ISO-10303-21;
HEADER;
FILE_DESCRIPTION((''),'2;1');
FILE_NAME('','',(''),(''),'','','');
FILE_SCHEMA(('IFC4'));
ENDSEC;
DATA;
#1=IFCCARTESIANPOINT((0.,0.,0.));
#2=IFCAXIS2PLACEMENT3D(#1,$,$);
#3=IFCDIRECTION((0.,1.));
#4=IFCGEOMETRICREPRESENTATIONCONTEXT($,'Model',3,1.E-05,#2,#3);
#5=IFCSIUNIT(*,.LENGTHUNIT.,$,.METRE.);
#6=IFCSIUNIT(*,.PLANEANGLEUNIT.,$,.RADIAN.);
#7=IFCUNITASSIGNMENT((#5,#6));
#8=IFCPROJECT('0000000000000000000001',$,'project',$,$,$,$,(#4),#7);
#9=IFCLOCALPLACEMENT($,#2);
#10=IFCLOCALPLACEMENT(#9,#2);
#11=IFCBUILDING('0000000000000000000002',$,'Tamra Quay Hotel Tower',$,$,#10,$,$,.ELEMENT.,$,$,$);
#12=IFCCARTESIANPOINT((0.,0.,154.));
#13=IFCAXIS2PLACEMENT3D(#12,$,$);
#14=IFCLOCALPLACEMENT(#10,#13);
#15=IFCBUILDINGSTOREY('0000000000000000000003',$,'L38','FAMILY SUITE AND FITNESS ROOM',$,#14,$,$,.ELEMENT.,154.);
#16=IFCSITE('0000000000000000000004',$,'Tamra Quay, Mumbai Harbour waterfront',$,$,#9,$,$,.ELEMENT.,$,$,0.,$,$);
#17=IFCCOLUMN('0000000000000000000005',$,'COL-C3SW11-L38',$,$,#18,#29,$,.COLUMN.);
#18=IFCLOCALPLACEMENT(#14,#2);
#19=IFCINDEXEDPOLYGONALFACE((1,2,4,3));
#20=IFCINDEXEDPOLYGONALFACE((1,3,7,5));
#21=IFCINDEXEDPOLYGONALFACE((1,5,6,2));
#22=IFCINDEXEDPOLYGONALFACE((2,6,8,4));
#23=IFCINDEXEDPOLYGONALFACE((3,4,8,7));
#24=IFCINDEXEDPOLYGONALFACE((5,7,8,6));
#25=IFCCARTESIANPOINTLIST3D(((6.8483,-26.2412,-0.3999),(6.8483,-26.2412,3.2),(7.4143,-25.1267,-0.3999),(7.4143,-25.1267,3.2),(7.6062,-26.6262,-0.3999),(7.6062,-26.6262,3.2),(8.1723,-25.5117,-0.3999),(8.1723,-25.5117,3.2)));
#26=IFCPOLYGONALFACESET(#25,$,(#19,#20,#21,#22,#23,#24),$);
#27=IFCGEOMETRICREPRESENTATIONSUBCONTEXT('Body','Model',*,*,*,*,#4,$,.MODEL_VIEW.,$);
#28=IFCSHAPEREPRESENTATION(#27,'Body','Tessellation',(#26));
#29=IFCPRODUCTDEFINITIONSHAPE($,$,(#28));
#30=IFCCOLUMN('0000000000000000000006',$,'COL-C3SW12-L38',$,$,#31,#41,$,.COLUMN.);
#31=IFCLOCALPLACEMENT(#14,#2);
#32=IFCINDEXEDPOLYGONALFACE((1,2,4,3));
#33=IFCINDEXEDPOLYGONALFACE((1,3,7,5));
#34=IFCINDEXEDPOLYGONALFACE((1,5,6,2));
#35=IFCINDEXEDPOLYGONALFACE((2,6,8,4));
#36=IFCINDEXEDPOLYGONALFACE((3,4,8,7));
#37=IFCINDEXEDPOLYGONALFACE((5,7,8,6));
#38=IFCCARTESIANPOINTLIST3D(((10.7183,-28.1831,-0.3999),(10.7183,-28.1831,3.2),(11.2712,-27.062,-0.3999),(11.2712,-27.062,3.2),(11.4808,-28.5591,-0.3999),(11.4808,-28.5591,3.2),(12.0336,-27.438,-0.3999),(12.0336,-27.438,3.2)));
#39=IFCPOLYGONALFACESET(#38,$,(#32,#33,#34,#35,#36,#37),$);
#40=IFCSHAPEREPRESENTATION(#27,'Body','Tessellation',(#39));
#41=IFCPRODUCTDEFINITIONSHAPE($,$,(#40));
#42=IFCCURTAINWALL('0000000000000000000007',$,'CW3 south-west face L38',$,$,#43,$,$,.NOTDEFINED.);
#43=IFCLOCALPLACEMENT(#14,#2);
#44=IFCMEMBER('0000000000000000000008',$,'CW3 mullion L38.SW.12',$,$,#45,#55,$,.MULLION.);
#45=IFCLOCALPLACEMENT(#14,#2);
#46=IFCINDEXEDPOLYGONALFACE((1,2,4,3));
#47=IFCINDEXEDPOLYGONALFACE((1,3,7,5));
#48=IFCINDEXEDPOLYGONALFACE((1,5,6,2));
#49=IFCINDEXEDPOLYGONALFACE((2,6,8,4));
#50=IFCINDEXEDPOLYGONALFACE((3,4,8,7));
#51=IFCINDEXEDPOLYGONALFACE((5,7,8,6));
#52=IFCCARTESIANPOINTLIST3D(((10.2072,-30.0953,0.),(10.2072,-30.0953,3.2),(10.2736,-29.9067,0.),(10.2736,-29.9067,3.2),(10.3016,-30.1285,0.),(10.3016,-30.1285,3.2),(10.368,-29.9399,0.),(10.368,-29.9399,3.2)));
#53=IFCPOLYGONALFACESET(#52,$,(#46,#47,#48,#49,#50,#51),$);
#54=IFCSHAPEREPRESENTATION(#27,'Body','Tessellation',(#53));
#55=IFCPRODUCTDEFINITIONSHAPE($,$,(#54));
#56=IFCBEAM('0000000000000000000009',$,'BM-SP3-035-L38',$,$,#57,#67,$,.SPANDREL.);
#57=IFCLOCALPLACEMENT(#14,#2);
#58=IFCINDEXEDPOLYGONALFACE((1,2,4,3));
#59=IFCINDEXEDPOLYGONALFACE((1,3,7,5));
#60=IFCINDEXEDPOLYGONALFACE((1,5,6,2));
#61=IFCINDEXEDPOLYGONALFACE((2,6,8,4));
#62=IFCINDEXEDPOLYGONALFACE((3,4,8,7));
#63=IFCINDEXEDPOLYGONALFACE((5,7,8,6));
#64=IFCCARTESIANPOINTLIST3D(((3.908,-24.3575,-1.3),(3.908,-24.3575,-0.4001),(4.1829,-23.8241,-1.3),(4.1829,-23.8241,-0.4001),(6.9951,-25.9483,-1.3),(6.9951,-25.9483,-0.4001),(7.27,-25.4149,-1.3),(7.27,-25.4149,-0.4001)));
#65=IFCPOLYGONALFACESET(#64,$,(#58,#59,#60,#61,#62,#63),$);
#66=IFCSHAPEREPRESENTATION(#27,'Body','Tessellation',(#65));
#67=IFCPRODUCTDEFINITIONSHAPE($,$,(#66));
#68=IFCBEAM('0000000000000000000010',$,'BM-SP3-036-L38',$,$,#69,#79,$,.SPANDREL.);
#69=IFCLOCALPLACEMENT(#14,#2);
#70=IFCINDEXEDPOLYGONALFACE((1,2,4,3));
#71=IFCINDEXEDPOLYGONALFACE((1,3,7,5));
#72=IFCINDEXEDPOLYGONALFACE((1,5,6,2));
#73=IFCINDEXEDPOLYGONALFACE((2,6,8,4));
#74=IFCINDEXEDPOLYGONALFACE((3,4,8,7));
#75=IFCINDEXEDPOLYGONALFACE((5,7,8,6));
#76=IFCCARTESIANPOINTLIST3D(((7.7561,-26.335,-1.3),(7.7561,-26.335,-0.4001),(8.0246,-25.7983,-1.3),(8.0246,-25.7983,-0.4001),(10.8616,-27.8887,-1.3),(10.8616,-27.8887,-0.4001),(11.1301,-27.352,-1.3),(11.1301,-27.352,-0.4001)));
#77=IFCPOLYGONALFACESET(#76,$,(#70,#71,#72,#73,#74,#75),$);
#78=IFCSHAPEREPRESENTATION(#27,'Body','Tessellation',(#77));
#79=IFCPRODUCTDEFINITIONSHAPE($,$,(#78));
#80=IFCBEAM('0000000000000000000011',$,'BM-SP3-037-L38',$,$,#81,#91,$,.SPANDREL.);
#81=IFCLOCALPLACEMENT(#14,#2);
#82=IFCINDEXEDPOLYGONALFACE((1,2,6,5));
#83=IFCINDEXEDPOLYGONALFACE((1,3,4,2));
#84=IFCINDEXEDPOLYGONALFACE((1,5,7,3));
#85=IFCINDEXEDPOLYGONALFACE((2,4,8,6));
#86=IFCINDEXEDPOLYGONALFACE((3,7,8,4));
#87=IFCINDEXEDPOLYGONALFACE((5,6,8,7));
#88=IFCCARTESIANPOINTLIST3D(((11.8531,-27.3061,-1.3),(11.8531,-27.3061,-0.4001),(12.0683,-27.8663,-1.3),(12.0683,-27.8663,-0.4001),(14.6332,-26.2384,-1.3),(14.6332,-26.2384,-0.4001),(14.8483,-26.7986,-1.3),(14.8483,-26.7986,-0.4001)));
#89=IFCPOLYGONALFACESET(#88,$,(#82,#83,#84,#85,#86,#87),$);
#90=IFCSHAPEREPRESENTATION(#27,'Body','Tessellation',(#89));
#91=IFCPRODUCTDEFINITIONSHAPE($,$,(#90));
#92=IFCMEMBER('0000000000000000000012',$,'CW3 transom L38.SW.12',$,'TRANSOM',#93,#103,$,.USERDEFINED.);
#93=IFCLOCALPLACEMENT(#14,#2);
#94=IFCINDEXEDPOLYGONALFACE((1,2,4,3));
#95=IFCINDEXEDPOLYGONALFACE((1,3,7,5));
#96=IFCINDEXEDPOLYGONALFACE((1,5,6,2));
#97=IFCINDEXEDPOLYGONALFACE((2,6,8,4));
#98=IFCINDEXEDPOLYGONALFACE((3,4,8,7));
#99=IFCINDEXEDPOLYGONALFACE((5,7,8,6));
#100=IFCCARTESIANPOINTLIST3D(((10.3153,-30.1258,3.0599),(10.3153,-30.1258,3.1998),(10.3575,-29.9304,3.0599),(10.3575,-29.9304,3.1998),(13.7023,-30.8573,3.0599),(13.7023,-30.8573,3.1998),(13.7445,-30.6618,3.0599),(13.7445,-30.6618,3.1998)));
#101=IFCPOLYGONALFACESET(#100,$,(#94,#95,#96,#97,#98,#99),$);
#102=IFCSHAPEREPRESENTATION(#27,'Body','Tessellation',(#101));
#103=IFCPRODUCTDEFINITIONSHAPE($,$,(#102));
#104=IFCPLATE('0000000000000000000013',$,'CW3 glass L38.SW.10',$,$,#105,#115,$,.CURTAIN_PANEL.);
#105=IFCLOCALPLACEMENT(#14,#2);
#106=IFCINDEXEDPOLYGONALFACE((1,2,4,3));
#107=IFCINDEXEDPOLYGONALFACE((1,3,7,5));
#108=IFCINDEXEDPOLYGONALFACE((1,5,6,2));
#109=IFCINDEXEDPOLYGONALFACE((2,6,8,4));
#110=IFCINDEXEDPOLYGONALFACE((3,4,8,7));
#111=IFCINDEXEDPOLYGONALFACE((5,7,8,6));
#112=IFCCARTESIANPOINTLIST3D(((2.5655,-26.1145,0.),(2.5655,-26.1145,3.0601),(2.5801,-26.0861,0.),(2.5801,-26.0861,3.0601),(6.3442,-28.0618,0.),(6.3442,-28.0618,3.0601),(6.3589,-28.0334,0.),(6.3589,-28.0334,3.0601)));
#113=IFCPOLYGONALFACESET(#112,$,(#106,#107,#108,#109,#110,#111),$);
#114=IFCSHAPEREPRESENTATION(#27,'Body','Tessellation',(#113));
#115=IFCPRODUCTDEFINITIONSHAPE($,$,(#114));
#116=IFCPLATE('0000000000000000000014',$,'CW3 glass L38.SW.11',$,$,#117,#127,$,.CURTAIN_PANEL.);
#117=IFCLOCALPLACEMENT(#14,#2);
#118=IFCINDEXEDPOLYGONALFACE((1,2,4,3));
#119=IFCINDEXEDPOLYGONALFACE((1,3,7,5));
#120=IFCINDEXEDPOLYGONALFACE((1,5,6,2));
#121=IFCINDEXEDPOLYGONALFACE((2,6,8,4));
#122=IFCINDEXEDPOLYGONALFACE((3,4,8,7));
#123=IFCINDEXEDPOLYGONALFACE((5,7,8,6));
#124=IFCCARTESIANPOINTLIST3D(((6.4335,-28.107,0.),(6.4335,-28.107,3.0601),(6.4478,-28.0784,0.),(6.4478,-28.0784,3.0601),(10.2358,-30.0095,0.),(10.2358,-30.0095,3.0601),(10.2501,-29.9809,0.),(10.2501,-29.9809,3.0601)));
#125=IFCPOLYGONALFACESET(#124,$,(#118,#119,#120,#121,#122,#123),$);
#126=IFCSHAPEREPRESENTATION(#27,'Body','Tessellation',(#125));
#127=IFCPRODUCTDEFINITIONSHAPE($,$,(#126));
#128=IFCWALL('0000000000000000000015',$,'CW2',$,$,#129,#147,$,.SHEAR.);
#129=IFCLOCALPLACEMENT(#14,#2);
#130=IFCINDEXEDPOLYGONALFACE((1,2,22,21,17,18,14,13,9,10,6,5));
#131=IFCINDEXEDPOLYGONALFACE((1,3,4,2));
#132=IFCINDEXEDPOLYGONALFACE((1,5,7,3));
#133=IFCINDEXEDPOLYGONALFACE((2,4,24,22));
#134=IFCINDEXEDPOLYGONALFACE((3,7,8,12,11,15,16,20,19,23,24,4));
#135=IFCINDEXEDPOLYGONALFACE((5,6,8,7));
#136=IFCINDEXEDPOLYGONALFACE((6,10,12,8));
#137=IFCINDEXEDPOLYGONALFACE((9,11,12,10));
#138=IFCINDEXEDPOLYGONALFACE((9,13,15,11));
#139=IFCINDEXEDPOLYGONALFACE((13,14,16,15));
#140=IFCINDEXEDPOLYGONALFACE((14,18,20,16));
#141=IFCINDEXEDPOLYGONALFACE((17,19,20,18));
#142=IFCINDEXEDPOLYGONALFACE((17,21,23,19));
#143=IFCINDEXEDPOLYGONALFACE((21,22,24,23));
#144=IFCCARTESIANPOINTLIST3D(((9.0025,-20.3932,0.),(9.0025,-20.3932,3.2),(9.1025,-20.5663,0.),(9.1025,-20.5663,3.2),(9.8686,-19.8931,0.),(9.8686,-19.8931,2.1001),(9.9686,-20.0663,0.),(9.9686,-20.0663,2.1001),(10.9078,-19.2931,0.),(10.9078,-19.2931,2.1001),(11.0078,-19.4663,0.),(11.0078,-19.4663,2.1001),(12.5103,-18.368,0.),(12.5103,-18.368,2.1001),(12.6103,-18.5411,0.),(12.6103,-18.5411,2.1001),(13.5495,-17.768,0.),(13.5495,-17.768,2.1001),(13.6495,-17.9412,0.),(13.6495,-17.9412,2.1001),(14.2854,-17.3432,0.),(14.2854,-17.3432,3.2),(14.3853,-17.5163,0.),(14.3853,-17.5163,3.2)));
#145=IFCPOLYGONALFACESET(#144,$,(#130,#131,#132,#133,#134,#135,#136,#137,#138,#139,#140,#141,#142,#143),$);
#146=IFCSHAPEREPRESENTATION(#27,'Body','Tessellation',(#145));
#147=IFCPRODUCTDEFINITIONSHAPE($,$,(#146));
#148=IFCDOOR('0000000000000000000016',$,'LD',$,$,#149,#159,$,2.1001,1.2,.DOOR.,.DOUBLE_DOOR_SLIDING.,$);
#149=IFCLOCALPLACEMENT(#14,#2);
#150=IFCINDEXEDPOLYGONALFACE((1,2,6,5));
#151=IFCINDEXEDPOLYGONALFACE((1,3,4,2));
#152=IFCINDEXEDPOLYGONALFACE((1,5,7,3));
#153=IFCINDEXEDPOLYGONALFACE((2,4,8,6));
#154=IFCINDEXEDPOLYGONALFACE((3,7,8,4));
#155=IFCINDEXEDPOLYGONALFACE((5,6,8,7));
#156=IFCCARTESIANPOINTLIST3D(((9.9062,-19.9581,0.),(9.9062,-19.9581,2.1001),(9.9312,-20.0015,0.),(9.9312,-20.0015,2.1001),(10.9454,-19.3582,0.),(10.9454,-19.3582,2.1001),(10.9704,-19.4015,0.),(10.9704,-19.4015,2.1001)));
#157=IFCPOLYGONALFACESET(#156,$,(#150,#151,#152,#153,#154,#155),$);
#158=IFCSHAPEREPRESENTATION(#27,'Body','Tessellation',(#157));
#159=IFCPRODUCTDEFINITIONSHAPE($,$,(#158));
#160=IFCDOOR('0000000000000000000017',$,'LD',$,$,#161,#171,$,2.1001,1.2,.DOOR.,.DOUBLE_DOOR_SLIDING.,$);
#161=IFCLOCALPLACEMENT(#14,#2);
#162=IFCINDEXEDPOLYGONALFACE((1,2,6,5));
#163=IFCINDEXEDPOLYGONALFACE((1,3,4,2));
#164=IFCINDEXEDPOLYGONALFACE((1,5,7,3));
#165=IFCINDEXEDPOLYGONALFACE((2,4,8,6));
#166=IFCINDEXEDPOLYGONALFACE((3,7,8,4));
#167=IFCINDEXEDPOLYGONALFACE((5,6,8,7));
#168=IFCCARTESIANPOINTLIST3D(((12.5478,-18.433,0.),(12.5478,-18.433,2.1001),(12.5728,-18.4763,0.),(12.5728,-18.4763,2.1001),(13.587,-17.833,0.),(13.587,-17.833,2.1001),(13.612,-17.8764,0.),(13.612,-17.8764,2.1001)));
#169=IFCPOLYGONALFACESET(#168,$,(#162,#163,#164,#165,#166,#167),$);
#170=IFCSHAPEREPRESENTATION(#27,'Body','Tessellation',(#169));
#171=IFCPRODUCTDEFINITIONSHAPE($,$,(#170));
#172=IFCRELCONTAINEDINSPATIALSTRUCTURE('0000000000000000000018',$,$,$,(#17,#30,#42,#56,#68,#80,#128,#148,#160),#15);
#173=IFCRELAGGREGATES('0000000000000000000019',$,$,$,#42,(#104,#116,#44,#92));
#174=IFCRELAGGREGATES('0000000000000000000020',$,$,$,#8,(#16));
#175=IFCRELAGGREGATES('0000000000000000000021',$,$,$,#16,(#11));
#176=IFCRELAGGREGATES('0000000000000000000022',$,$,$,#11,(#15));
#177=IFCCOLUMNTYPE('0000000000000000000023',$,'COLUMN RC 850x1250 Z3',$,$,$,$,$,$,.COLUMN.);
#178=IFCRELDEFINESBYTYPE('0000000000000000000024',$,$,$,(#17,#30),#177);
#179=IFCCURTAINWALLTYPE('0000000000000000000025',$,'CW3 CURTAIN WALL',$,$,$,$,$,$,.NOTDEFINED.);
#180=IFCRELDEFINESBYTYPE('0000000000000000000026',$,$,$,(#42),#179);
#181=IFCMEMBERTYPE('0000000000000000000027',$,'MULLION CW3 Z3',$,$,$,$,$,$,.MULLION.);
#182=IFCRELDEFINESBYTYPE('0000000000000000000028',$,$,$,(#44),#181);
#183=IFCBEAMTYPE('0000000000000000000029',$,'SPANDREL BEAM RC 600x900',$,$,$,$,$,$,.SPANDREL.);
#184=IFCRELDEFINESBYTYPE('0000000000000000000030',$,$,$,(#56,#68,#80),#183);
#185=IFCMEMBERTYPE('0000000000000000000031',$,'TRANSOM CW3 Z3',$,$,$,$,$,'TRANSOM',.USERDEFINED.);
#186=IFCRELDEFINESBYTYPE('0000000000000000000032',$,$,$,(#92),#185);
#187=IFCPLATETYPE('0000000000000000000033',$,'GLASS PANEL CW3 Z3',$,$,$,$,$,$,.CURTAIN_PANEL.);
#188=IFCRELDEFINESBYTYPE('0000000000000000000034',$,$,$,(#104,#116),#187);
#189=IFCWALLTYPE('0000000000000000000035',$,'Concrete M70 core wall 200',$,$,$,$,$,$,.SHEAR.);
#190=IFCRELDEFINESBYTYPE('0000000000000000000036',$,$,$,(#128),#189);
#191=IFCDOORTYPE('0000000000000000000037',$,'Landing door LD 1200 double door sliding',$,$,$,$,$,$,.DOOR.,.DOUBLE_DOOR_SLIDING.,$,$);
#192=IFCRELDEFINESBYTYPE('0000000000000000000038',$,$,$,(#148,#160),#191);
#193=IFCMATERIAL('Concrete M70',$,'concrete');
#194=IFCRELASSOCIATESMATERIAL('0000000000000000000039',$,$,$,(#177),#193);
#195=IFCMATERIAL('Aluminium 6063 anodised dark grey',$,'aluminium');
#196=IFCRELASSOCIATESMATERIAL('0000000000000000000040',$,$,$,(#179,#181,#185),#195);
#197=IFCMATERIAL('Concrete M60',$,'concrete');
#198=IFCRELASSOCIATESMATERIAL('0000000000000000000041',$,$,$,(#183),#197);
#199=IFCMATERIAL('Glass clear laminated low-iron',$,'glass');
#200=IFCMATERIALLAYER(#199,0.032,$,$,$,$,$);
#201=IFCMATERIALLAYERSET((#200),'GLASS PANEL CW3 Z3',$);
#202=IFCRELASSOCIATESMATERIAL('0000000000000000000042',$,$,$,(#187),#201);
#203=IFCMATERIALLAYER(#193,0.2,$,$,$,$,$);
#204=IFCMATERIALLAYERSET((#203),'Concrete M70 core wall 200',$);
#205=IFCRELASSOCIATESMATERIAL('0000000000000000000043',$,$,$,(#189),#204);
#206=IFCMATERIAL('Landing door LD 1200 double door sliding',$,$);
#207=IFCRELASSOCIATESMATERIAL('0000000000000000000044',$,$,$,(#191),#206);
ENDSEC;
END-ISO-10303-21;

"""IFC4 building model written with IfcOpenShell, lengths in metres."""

from ifc_helpers import new_model, si_unit, direction, frame, frame_2d, origin, origin_2d, place, context, subcontext, project, spatial, rectangle, extrude, material, layer, layer_set, material_profile, profile_set, type_object, element, fill, aggregate, save


model = new_model("IFC4")

# Units and contexts
model_context = context("Model", 3, precision=1e-05, world=origin(), true_north=direction((0.0, 1.0)))
body_context = subcontext(model_context, "Body", "Model", "MODEL_VIEW")
ifc_project = project(units=[si_unit("LENGTHUNIT", "METRE"), si_unit("PLANEANGLEUNIT", "RADIAN")], contexts=[model_context])

# Site, building, storey
site_placement = place(None, origin())
site = spatial("IfcSite", under=ifc_project, at=site_placement, Name="Tamra Quay, Mumbai Harbour waterfront", CompositionType="ELEMENT", RefElevation=0.0)
building_placement = place(site_placement, origin())
building = spatial("IfcBuilding", under=site, at=building_placement, Name="Tamra Quay Hotel Tower", CompositionType="ELEMENT")
storey_placement = place(building_placement, frame((0.0, 0.0, 154.0)))
storey = spatial("IfcBuildingStorey", under=building, at=storey_placement, Name="L38", Description="FAMILY SUITE AND FITNESS ROOM", CompositionType="ELEMENT", Elevation=154.0)

# Columns
ifc_material_1 = material(Name="Concrete M70", Category="concrete")
ifc_material_profile_1 = material_profile(ifc_material_1, rectangle(XDim=1.25, YDim=0.8501, at=origin_2d()), Name="COLUMN RC 850x1250 Z3")
ifc_profile_set_1 = profile_set([ifc_material_profile_1], Name="Concrete M70")
column_type = type_object("IfcColumnType", Name="COLUMN RC 850x1250 Z3", PredefinedType="COLUMN", material=ifc_profile_set_1)
for number, where, z_axis, x_axis, name in (
    (1, (7.5103, -25.8765, -0.3999), (0.0, 0.0, 1.0), (0.45286, 0.891582, 0.0), "COL-C3SW11-L38"),
    (2, (11.376, -27.8105, -0.3999), (0.0, 0.0, 1.0), (0.442275, 0.89688, 0.0), "COL-C3SW12-L38"),
):
    element("IfcColumn", number, at=place(storey_placement, frame(where, z_axis=z_axis, x_axis=x_axis)), inside=storey, type_object=column_type, Name=name, PredefinedType="COLUMN", context=body_context, shape_type="SweptSolid", body=[
        extrude(rectangle(XDim=1.25, YDim=0.8501, at=origin_2d()), origin(), (0.0, 0.0, 1.0), 3.5999),
    ])

# Curtain wall, member
ifc_material_2 = material(Name="Aluminium 6063 anodised dark grey", Category="aluminium")
curtain_wall_type = type_object("IfcCurtainWallType", Name="CW3 CURTAIN WALL", PredefinedType="NOTDEFINED", material=ifc_material_2)
curtain_wall_placement = place(storey_placement, origin())
curtain_wall = element("IfcCurtainWall", 3, at=curtain_wall_placement, inside=storey, type_object=curtain_wall_type, Name="CW3 south-west face L38", PredefinedType="NOTDEFINED")
ifc_material_profile_2 = material_profile(ifc_material_2, rectangle(XDim=0.2, YDim=0.1001, at=origin_2d()), Name="MULLION 100X200")
ifc_profile_set_2 = profile_set([ifc_material_profile_2], Name="Aluminium 6063 anodised dark grey")
member_type_1 = type_object("IfcMemberType", Name="MULLION CW3 Z3", PredefinedType="MULLION", material=ifc_profile_set_2)
member_1_placement = place(storey_placement, frame((10.2876, -30.0176, 0.0), z_axis=(0.0, 0.0, 1.0), x_axis=(-0.331894, -0.943317, 0.0)))
member_1 = element("IfcMember", 4, at=member_1_placement, type_object=member_type_1, Name="CW3 mullion L38.SW.12", PredefinedType="MULLION", context=body_context, shape_type="SweptSolid", body=[
    extrude(rectangle(XDim=0.2, YDim=0.1001, at=origin_2d()), origin(), (0.0, 0.0, 1.0), 3.2),
])

# Beams
ifc_material_3 = material(Name="Concrete M60", Category="concrete")
ifc_material_profile_3 = material_profile(ifc_material_3, rectangle(XDim=0.6001, YDim=0.8999, at=origin_2d()), Name="SPANDREL BEAM RC 600x900")
ifc_profile_set_3 = profile_set([ifc_material_profile_3], Name="Concrete M60")
beam_type = type_object("IfcBeamType", Name="SPANDREL BEAM RC 600x900", PredefinedType="SPANDREL", material=ifc_profile_set_3)
beam_1_placement = place(storey_placement, frame((4.0454, -24.0908, -0.8501), z_axis=(0.88892, -0.458063, 0.0), x_axis=(0.458063, 0.88892, 0.0)))
element("IfcBeam", 5, at=beam_1_placement, inside=storey, type_object=beam_type, Name="BM-SP3-035-L38", PredefinedType="SPANDREL", context=body_context, shape_type="SweptSolid", body=[
    extrude(rectangle(XDim=0.6001, YDim=0.8999, at=origin_2d()), origin(), (0.0, 0.0, 1.0), 3.4729),
])
beam_2_placement = place(storey_placement, frame((7.8904, -26.0667, -0.8501), z_axis=(0.894315, -0.447439, 0.0), x_axis=(0.447439, 0.894315, 0.0)))
element("IfcBeam", 6, at=beam_2_placement, inside=storey, type_object=beam_type, Name="BM-SP3-036-L38", PredefinedType="SPANDREL", context=body_context, shape_type="SweptSolid", body=[
    extrude(rectangle(XDim=0.6001, YDim=0.8999, at=origin_2d()), origin(), (0.0, 0.0, 1.0), 3.4724),
])
beam_3_placement = place(storey_placement, frame((11.9607, -27.5862, -0.8501), z_axis=(0.933527, 0.358507, 0.0), x_axis=(-0.358507, 0.933527, 0.0)))
element("IfcBeam", 7, at=beam_3_placement, inside=storey, type_object=beam_type, Name="BM-SP3-037-L38", PredefinedType="SPANDREL", context=body_context, shape_type="SweptSolid", body=[
    extrude(rectangle(XDim=0.6001, YDim=0.8999, at=origin_2d()), origin(), (0.0, 0.0, 1.0), 2.978),
])

# Member
ifc_material_profile_4 = material_profile(ifc_material_2, rectangle(XDim=0.2, YDim=0.1399, at=origin_2d()), Name="TRANSOM 200X140")
ifc_profile_set_4 = profile_set([ifc_material_profile_4], Name="Aluminium 6063 anodised dark grey")
member_type_2 = type_object("IfcMemberType", Name="TRANSOM CW3 Z3", ElementType="TRANSOM", PredefinedType="USERDEFINED", material=ifc_profile_set_4)
member_2_placement = place(storey_placement, frame((10.3364, -30.0281, 3.1299), z_axis=(0.977466, -0.211093, 0.0), x_axis=(0.211093, 0.977466, 0.0)))
member_2 = element("IfcMember", 8, at=member_2_placement, type_object=member_type_2, Name="CW3 transom L38.SW.12", ObjectType="TRANSOM", PredefinedType="USERDEFINED", context=body_context, shape_type="SweptSolid", body=[
    extrude(rectangle(XDim=0.2, YDim=0.1399, at=origin_2d()), origin(), (0.0, 0.0, 1.0), 3.4651),
])

# Plates
ifc_material_4 = material(Name="Glass clear laminated low-iron", Category="glass")
ifc_layer_1 = layer(ifc_material_4, 0.032)
ifc_layer_set_1 = layer_set([ifc_layer_1], Name="GLASS PANEL CW3 Z3")
plate_type = type_object("IfcPlateType", Name="GLASS PANEL CW3 Z3", PredefinedType="CURTAIN_PANEL", material=ifc_layer_set_1)
plate_1_placement = place(storey_placement, frame((4.4622, -27.074, 0.0), z_axis=(0.0, 0.0, 1.0), x_axis=(0.888911, -0.458079, 0.0)))
plate_1 = element("IfcPlate", 9, at=plate_1_placement, type_object=plate_type, Name="CW3 glass L38.SW.10", PredefinedType="CURTAIN_PANEL", context=body_context, shape_type="SweptSolid", body=[
    extrude(rectangle(XDim=4.251, YDim=0.032, at=origin_2d()), origin(), (0.0, 0.0, 1.0), 3.0601),
])
plate_2_placement = place(storey_placement, frame((8.3418, -29.0439, 0.0), z_axis=(0.0, 0.0, 1.0), x_axis=(0.894305, -0.447459, 0.0)))
plate_2 = element("IfcPlate", 10, at=plate_2_placement, type_object=plate_type, Name="CW3 glass L38.SW.11", PredefinedType="CURTAIN_PANEL", context=body_context, shape_type="SweptSolid", body=[
    extrude(rectangle(XDim=4.2517, YDim=0.032, at=origin_2d()), origin(), (0.0, 0.0, 1.0), 3.0601),
])
aggregate(curtain_wall, [plate_1, plate_2, member_1, member_2])

# Wall, openings, doors
ifc_layer_2 = layer(ifc_material_1, 0.2)
ifc_layer_set_2 = layer_set([ifc_layer_2], Name="Concrete M70 core wall 200")
wall_type_1 = type_object("IfcWallType", Name="Concrete M70 core wall 200", PredefinedType="SHEAR", material=ifc_layer_set_2)
wall_1_placement = place(storey_placement, frame((9.0525, -20.4797, 0.0), z_axis=(0.0, 0.0, 1.0), x_axis=(0.86603, 0.499992, 0.0)))
wall_1 = element("IfcWall", 11, at=wall_1_placement, inside=storey, type_object=wall_type_1, Name="CW2", PredefinedType="SHEAR", context=body_context, shape_type="SweptSolid", body=[
    extrude(rectangle(XDim=6.1001, YDim=0.2, at=frame_2d((3.05, 0.0))), origin(), (0.0, 0.0, 1.0), 3.2),
])
opening_1_placement = place(wall_1_placement, frame((1.0, 0.0, 0.0)))
opening_1 = element("IfcOpeningElement", 12, at=opening_1_placement, cuts=wall_1, PredefinedType="OPENING", context=body_context, shape_type="SweptSolid", body=[
    extrude(rectangle(XDim=1.2, YDim=2.1001, at=frame_2d((0.6001, 1.05))), frame((0.0, 0.1099, 0.0), z_axis=(0.0, -1.0, 0.0), x_axis=(1.0, 0.0, 0.0)), (0.0, 0.0, 1.0), 0.22),
])
opening_2_placement = place(wall_1_placement, frame((4.0503, 0.0, 0.0)))
opening_2 = element("IfcOpeningElement", 13, at=opening_2_placement, cuts=wall_1, PredefinedType="OPENING", context=body_context, shape_type="SweptSolid", body=[
    extrude(rectangle(XDim=1.2, YDim=2.1001, at=frame_2d((0.6001, 1.05))), frame((0.0, 0.1099, 0.0), z_axis=(0.0, -1.0, 0.0), x_axis=(1.0, 0.0, 0.0)), (0.0, 0.0, 1.0), 0.22),
])
ifc_material_5 = material(Name="Landing door LD 1200 double door sliding")
door_type_1 = type_object("IfcDoorType", Name="Landing door LD 1200 double door sliding", OperationType="DOUBLE_DOOR_SLIDING", PredefinedType="DOOR", material=ifc_material_5)
door_1_placement = place(opening_1_placement, origin())
door_1 = element("IfcDoor", 14, at=door_1_placement, inside=storey, type_object=door_type_1, Name="LD", OperationType="DOUBLE_DOOR_SLIDING", OverallHeight=2.1001, OverallWidth=1.2, PredefinedType="DOOR", context=body_context, shape_type="SweptSolid", body=[
    extrude(rectangle(XDim=1.2, YDim=2.1001, at=frame_2d((0.6001, 1.05))), frame((0.0, 0.0249, 0.0), z_axis=(0.0, -1.0, 0.0), x_axis=(1.0, 0.0, 0.0)), (0.0, 0.0, 1.0), 0.05),
])
fill(opening_1, door_1)
door_2_placement = place(opening_2_placement, origin())
door_2 = element("IfcDoor", 15, at=door_2_placement, inside=storey, type_object=door_type_1, Name="LD", OperationType="DOUBLE_DOOR_SLIDING", OverallHeight=2.1001, OverallWidth=1.2, PredefinedType="DOOR", context=body_context, shape_type="SweptSolid", body=[
    extrude(rectangle(XDim=1.2, YDim=2.1001, at=frame_2d((0.6001, 1.05))), frame((0.0, 0.0249, 0.0), z_axis=(0.0, -1.0, 0.0), x_axis=(1.0, 0.0, 0.0)), (0.0, 0.0, 1.0), 0.05),
])
fill(opening_2, door_2)

save(model, "model.ifc")
